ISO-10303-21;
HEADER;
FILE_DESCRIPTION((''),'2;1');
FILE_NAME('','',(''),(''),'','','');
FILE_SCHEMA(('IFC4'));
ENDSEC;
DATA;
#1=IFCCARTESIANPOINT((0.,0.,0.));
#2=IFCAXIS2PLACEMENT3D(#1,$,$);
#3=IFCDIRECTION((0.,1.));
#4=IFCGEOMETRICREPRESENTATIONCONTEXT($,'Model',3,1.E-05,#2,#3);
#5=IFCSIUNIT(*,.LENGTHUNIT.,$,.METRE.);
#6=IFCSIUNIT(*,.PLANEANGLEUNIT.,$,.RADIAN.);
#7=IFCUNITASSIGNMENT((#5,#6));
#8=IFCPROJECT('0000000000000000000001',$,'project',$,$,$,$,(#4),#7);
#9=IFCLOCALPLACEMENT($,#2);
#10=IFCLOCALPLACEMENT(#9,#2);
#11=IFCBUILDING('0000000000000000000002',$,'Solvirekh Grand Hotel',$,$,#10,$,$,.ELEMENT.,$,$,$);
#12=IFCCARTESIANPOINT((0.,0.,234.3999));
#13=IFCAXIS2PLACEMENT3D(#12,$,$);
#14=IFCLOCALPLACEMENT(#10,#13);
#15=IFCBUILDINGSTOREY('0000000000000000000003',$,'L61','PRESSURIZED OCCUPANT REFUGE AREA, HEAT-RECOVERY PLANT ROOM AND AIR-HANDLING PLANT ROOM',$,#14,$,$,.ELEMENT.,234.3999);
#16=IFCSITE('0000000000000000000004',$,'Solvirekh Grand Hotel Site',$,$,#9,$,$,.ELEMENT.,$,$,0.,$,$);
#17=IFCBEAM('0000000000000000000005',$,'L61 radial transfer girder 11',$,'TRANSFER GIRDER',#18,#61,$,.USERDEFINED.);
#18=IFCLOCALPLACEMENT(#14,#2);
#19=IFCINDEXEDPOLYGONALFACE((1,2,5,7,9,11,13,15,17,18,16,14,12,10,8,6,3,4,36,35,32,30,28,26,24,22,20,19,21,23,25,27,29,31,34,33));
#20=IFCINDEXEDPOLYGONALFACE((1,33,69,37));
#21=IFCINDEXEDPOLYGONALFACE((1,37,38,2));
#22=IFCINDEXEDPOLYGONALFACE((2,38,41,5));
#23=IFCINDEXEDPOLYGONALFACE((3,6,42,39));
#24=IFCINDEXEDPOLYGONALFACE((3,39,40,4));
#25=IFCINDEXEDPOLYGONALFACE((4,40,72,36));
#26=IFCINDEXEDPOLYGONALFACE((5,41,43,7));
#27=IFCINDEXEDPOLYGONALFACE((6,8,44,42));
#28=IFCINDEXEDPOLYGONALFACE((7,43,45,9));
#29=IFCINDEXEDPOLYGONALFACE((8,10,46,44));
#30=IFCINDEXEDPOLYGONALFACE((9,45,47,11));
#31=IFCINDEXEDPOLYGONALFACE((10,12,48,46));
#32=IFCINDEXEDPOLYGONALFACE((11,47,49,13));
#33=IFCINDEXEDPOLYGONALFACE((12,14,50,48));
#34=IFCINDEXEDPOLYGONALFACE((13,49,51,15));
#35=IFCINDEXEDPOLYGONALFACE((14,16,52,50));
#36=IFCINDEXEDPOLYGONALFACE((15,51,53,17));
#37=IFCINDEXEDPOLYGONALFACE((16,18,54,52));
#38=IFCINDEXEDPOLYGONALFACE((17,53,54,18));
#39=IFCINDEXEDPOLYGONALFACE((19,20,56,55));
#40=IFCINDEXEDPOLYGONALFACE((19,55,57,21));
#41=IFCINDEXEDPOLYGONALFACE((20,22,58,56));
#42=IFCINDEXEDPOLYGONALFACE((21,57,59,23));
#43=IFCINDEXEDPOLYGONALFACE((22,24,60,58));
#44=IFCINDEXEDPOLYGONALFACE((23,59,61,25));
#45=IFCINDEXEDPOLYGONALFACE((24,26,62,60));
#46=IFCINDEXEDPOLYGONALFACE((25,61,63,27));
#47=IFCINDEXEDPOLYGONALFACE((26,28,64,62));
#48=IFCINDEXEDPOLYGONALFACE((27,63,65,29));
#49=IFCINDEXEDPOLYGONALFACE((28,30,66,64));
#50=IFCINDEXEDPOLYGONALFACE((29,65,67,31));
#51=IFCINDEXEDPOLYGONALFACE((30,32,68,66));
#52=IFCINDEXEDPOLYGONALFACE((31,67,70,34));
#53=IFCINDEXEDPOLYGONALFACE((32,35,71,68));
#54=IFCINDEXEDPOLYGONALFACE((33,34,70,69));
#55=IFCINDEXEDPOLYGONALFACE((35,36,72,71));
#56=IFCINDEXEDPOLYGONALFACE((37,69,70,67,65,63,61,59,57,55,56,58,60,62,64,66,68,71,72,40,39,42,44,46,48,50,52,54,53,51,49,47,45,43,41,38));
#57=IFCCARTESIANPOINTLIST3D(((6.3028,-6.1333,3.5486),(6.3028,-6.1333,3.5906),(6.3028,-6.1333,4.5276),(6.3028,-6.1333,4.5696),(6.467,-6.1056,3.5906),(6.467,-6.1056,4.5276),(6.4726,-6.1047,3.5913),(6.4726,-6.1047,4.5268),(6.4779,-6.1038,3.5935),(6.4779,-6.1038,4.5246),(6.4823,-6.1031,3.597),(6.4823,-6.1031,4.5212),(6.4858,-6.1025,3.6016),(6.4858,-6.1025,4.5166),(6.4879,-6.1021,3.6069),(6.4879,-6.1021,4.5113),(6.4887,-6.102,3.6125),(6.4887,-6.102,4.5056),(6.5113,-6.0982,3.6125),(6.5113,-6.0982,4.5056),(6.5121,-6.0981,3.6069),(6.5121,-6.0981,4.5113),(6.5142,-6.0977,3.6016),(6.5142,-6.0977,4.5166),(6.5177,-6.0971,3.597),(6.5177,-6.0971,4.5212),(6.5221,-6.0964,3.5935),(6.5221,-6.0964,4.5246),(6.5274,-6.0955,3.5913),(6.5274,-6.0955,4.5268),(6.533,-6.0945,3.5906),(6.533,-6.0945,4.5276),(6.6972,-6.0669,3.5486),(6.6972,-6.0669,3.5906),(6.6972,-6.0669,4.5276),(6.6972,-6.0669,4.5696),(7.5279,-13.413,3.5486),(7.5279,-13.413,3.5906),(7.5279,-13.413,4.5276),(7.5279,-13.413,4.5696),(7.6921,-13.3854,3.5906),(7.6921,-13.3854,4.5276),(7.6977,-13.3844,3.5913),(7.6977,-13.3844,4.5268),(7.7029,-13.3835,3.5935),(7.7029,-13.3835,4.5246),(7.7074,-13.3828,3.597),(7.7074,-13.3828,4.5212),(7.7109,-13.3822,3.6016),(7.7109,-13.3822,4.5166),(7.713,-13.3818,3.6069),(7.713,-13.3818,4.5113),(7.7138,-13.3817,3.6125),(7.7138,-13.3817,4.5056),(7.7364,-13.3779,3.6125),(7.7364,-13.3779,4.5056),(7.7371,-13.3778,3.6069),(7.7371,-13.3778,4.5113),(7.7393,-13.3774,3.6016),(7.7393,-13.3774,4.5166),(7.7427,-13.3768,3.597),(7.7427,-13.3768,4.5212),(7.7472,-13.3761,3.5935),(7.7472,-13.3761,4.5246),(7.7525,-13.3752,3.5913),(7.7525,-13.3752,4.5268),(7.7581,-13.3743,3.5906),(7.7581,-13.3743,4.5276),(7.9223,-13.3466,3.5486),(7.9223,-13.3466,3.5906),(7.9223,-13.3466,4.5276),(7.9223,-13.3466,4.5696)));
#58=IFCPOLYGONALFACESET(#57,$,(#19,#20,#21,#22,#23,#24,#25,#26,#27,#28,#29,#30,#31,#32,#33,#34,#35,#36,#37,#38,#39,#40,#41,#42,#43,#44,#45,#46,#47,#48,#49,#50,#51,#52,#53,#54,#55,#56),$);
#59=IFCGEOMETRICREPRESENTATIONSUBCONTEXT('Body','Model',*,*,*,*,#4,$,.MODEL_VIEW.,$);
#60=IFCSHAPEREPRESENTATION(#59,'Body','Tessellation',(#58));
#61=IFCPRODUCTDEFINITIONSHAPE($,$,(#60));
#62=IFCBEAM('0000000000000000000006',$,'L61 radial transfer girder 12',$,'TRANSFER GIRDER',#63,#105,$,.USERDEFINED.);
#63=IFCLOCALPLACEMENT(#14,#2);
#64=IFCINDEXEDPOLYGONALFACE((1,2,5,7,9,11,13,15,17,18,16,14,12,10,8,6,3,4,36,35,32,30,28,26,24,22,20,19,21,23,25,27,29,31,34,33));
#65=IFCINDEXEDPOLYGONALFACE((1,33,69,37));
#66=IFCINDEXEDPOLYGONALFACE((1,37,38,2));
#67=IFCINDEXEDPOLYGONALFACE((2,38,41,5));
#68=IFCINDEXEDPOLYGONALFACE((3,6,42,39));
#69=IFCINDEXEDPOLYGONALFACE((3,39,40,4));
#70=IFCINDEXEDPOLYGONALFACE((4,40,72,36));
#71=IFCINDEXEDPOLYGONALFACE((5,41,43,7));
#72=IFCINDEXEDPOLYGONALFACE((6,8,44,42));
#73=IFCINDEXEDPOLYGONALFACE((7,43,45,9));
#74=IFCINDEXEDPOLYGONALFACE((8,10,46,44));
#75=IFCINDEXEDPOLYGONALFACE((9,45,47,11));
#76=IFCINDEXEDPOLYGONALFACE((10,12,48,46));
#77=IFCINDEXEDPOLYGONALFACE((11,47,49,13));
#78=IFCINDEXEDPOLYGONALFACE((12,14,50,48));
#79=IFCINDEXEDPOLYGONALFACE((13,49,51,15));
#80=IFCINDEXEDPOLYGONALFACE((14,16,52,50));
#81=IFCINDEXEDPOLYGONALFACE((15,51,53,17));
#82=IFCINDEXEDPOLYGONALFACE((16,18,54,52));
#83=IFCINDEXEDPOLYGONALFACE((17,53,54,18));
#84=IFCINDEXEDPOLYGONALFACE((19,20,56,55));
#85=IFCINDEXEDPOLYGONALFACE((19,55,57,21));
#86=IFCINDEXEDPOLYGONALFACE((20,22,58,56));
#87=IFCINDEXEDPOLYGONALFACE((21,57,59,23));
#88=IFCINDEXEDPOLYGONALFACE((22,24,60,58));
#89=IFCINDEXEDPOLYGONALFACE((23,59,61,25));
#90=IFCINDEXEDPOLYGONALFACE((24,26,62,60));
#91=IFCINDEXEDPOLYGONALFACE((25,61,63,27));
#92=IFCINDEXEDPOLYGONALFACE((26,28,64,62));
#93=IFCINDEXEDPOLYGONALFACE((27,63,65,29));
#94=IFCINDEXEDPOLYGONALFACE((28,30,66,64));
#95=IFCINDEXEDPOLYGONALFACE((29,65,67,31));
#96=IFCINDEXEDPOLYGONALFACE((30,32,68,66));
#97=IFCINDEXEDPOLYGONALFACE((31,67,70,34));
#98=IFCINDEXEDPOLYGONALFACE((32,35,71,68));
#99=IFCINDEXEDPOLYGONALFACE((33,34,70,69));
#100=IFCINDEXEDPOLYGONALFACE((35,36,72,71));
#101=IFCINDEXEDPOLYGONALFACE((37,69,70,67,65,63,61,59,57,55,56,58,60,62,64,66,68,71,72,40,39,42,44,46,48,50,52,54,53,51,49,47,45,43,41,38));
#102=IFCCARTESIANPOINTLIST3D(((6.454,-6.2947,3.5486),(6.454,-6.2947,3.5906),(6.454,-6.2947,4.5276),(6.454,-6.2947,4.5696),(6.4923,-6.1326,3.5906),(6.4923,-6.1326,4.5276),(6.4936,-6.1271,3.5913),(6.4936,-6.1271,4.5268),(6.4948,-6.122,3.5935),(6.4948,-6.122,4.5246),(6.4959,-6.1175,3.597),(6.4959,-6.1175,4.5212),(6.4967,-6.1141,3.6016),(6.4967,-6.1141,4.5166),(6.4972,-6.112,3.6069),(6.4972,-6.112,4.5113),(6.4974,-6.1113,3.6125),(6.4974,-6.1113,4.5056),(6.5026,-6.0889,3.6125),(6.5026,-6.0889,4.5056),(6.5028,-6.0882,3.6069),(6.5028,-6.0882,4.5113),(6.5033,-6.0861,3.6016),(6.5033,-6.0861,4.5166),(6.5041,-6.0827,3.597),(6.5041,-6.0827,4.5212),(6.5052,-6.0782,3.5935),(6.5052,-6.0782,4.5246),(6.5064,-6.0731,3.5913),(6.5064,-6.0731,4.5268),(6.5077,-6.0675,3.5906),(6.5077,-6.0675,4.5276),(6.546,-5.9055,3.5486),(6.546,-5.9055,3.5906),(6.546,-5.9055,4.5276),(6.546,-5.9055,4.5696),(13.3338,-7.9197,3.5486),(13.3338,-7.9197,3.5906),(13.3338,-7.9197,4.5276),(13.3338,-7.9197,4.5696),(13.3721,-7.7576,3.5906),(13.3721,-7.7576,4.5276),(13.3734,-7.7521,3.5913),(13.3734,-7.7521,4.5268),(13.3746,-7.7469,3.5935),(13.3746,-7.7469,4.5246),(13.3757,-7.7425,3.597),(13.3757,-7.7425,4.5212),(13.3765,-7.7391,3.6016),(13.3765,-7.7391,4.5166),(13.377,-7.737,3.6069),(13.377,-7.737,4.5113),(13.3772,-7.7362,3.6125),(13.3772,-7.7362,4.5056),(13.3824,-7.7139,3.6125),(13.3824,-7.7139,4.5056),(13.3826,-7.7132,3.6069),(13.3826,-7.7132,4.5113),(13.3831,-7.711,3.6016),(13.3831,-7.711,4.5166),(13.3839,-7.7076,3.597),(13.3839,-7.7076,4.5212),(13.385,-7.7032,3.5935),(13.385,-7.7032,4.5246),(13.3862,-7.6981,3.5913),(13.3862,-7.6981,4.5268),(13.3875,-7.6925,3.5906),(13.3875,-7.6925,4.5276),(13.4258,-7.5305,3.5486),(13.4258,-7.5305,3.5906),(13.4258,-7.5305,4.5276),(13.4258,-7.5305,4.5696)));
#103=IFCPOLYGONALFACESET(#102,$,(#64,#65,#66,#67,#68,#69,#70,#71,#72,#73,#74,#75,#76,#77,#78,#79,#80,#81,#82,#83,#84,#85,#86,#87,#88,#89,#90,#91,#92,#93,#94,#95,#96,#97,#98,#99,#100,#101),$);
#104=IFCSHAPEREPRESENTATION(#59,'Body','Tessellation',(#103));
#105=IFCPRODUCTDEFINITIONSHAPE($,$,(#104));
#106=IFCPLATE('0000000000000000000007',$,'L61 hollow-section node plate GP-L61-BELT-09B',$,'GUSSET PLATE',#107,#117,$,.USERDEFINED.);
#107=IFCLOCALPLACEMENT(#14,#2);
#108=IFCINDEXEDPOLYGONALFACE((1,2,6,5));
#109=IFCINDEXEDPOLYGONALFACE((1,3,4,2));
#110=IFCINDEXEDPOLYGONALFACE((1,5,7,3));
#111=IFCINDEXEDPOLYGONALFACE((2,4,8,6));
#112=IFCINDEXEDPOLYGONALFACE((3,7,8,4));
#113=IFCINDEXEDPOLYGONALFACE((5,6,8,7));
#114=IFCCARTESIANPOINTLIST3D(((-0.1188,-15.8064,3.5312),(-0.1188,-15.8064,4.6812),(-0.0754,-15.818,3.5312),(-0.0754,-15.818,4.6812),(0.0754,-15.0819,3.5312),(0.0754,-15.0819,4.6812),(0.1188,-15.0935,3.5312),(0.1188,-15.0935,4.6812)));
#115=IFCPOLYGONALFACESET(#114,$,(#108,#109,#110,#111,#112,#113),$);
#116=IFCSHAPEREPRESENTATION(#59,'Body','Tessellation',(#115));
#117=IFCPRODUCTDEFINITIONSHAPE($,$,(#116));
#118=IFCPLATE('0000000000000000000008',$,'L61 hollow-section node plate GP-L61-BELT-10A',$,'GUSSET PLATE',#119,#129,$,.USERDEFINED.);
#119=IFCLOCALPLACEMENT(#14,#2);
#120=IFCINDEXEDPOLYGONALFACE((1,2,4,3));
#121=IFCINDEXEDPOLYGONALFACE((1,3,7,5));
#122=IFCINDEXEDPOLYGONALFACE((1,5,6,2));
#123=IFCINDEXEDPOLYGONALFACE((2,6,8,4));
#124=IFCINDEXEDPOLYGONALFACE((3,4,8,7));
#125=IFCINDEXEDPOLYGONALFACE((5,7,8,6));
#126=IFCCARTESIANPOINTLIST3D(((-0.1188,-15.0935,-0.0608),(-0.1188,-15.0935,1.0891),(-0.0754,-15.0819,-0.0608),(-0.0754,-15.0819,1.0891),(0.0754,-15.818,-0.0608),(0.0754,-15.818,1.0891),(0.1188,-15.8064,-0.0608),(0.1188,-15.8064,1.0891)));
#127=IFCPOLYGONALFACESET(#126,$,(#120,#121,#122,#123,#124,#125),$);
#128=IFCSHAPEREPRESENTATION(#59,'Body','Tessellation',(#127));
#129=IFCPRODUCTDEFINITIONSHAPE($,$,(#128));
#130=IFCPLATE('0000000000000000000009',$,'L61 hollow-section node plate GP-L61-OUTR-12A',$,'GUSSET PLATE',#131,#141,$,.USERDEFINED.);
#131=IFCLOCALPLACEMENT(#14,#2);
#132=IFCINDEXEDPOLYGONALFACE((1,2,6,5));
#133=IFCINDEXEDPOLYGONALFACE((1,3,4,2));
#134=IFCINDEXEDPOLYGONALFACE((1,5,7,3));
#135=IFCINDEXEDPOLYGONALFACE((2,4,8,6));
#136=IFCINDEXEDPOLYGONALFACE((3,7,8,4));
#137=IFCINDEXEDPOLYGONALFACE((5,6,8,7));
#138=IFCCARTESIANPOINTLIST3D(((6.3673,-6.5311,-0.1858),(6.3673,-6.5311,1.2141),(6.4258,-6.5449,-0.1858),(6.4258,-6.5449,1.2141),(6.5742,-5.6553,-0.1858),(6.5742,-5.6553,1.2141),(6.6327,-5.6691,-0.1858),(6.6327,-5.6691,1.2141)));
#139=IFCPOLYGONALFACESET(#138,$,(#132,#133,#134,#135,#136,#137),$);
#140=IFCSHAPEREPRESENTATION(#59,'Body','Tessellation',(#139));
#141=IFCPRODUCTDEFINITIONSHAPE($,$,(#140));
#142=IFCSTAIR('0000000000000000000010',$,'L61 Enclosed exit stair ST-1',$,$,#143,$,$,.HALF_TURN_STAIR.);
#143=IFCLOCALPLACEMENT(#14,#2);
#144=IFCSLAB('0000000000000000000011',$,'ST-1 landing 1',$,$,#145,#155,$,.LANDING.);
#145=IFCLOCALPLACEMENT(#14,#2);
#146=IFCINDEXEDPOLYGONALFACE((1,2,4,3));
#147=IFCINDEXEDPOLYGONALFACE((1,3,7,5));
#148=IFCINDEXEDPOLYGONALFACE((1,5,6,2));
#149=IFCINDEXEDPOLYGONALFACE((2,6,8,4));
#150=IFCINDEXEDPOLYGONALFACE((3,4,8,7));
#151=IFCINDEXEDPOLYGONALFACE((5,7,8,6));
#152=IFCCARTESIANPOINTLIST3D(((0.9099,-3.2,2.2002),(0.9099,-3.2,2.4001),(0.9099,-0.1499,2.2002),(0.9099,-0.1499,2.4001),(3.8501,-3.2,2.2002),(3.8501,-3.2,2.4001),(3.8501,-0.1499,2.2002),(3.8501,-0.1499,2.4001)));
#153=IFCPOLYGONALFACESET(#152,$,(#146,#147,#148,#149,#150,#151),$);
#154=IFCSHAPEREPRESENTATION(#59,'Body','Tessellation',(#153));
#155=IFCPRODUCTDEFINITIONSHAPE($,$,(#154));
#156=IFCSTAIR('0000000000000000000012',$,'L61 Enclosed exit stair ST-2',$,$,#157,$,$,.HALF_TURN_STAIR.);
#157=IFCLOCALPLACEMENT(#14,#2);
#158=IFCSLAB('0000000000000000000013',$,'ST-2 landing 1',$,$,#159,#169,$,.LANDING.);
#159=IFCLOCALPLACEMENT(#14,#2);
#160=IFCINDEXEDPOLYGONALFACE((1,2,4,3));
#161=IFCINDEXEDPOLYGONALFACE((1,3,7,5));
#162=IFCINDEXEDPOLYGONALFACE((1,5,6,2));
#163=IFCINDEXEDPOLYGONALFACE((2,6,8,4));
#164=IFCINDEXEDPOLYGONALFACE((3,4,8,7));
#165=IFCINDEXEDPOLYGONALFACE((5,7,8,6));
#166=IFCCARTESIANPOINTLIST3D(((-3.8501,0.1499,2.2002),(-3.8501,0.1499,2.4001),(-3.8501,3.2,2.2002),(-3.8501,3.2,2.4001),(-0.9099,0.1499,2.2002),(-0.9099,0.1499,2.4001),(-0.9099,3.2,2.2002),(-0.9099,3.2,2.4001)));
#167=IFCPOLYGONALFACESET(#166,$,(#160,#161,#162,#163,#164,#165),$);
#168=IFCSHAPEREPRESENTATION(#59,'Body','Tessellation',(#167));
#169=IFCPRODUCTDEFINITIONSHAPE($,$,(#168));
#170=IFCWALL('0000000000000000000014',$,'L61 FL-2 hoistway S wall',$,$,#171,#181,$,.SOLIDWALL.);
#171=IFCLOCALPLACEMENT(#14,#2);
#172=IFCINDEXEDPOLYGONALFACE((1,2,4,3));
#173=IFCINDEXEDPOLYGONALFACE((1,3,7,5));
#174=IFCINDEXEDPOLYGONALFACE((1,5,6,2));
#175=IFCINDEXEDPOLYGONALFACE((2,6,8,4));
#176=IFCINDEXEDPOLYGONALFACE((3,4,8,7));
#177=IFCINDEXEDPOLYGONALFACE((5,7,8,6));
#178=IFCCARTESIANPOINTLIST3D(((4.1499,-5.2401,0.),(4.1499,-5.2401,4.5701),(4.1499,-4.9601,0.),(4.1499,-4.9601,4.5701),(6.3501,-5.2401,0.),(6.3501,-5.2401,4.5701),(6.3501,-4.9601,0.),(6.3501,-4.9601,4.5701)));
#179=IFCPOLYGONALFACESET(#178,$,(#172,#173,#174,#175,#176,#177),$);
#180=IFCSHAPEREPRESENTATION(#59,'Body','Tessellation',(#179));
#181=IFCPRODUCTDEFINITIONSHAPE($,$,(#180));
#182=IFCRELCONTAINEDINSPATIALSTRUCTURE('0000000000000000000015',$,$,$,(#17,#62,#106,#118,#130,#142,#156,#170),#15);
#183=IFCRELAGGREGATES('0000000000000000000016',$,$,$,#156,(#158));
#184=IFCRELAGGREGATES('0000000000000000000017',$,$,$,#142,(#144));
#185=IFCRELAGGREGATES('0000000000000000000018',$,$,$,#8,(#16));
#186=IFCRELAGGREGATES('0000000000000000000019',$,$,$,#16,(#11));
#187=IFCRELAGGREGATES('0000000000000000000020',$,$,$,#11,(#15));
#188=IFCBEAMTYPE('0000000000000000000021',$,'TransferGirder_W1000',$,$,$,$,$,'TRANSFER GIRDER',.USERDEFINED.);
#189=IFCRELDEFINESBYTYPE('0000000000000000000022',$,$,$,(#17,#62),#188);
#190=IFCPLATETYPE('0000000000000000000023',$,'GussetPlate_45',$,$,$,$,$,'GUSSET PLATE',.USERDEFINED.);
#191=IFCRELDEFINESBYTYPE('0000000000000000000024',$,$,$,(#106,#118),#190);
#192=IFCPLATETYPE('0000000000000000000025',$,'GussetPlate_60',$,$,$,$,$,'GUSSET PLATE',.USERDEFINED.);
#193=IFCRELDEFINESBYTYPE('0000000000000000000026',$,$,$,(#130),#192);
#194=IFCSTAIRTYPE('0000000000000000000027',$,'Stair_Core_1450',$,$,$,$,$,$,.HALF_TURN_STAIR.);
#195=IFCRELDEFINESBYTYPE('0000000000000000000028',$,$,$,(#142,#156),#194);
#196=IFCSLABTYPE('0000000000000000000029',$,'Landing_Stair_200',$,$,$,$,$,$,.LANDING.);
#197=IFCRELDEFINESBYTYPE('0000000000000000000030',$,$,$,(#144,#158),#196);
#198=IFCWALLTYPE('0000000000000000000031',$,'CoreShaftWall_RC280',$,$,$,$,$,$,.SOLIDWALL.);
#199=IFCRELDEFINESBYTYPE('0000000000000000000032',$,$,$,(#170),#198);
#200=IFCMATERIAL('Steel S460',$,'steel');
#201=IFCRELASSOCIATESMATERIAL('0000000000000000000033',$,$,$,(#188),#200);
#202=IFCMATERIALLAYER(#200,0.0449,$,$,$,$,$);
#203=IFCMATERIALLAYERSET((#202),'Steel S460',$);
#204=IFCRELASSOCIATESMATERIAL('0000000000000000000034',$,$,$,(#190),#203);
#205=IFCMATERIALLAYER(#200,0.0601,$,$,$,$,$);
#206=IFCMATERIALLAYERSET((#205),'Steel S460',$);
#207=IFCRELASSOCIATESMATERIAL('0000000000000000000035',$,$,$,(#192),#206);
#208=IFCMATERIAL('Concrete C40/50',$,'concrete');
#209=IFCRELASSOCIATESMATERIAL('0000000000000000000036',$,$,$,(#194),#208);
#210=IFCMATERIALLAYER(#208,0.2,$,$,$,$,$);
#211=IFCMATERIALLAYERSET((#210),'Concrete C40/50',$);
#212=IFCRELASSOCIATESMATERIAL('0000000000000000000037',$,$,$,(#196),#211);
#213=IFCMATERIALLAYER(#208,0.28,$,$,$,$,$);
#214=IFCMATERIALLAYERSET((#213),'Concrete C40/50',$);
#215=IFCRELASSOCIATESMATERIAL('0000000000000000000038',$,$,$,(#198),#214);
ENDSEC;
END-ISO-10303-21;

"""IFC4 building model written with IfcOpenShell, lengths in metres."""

from ifc_helpers import new_model, si_unit, direction, frame, frame_2d, origin, origin_2d, place, context, subcontext, project, spatial, polyline, rectangle, i_section, outline, extrude, material, layer, layer_set, material_profile, profile_set, type_object, element, aggregate, save


model = new_model("IFC4")

# Units and contexts
model_context = context("Model", 3, precision=1e-05, world=origin(), true_north=direction((0.0, 1.0)))
body_context = subcontext(model_context, "Body", "Model", "MODEL_VIEW")
ifc_project = project(units=[si_unit("LENGTHUNIT", "METRE"), si_unit("PLANEANGLEUNIT", "RADIAN")], contexts=[model_context])

# Site, building, storey
site_placement = place(None, origin())
site = spatial("IfcSite", under=ifc_project, at=site_placement, Name="Solvirekh Grand Hotel Site", CompositionType="ELEMENT", RefElevation=0.0)
building_placement = place(site_placement, origin())
building = spatial("IfcBuilding", under=site, at=building_placement, Name="Solvirekh Grand Hotel", CompositionType="ELEMENT")
storey_placement = place(building_placement, frame((0.0, 0.0, 234.3999)))
storey = spatial("IfcBuildingStorey", under=building, at=storey_placement, Name="L61", Description="PRESSURIZED OCCUPANT REFUGE AREA, HEAT-RECOVERY PLANT ROOM AND AIR-HANDLING PLANT ROOM", CompositionType="ELEMENT", Elevation=234.3999)

# Shared definitions
ifc_material_1 = material(Name="Steel S460", Category="steel")

# Beams
ifc_material_profile_1 = material_profile(ifc_material_1, i_section(OverallWidth=0.3999, OverallDepth=1.021, WebThickness=0.0229, FlangeThickness=0.042, FilletRadius=0.022, at=origin_2d()), Name="W1000X412")
ifc_profile_set_1 = profile_set([ifc_material_profile_1], Name="Steel S460")
beam_type_1 = type_object("IfcBeamType", Name="TransferGirder_W1000", ElementType="TRANSFER GIRDER", PredefinedType="USERDEFINED", material=ifc_profile_set_1)
beam_1_placement = place(storey_placement, frame((6.5, -6.1001, 4.0591), z_axis=(0.165954, -0.986133, 0.0), x_axis=(0.986133, 0.165954, 0.0)))
element("IfcBeam", 1, at=beam_1_placement, inside=storey, type_object=beam_type_1, Name="L61 radial transfer girder 11", ObjectType="TRANSFER GIRDER", PredefinedType="USERDEFINED", context=body_context, shape_type="SweptSolid", body=[
    extrude(i_section(OverallWidth=0.3999, OverallDepth=1.021, WebThickness=0.0229, FlangeThickness=0.042, FilletRadius=0.022, at=origin_2d()), origin(), (0.0, 0.0, 1.0), 7.3821),
])
beam_2_placement = place(storey_placement, frame((6.5, -6.1001, 4.0591), z_axis=(0.973221, -0.229871, 0.0), x_axis=(0.229871, 0.973221, 0.0)))
element("IfcBeam", 2, at=beam_2_placement, inside=storey, type_object=beam_type_1, Name="L61 radial transfer girder 12", ObjectType="TRANSFER GIRDER", PredefinedType="USERDEFINED", context=body_context, shape_type="SweptSolid", body=[
    extrude(i_section(OverallWidth=0.3999, OverallDepth=1.021, WebThickness=0.0229, FlangeThickness=0.042, FilletRadius=0.022, at=origin_2d()), origin(), (0.0, 0.0, 1.0), 7.0691),
])

# Plates
ifc_layer_1 = layer(ifc_material_1, 0.0449)
ifc_layer_set_1 = layer_set([ifc_layer_1], Name="Steel S460")
plate_type_1 = type_object("IfcPlateType", Name="GussetPlate_45", ElementType="GUSSET PLATE", PredefinedType="USERDEFINED", material=ifc_layer_set_1)
for number, where, z_axis, x_axis, name in (
    (3, (0.0, -15.45, 3.5312), (0.0, 0.0, 1.0), (0.965926, -0.258819, 0.0), "L61 hollow-section node plate GP-L61-BELT-09B"),
    (4, (0.0, -15.45, -0.0608), (0.0, 0.0, 1.0), (0.965926, 0.258819, 0.0), "L61 hollow-section node plate GP-L61-BELT-10A"),
):
    element("IfcPlate", number, at=place(storey_placement, frame(where, z_axis=z_axis, x_axis=x_axis)), inside=storey, type_object=plate_type_1, Name=name, ObjectType="GUSSET PLATE", PredefinedType="USERDEFINED", context=body_context, shape_type="SweptSolid", body=[
        extrude(rectangle(XDim=0.0449, YDim=0.75, at=origin_2d()), origin(), (0.0, 0.0, 1.0), 1.1499),
    ])
ifc_layer_2 = layer(ifc_material_1, 0.0601)
ifc_layer_set_2 = layer_set([ifc_layer_2], Name="Steel S460")
plate_type_2 = type_object("IfcPlateType", Name="GussetPlate_60", ElementType="GUSSET PLATE", PredefinedType="USERDEFINED", material=ifc_layer_set_2)
plate_placement = place(storey_placement, frame((6.5, -6.1001, -0.1858), z_axis=(0.0, 0.0, 1.0), x_axis=(0.973219, -0.22988, 0.0)))
element("IfcPlate", 5, at=plate_placement, inside=storey, type_object=plate_type_2, Name="L61 hollow-section node plate GP-L61-OUTR-12A", ObjectType="GUSSET PLATE", PredefinedType="USERDEFINED", context=body_context, shape_type="SweptSolid", body=[
    extrude(rectangle(XDim=0.0601, YDim=0.8999, at=origin_2d()), origin(), (0.0, 0.0, 1.0), 1.3999),
])

# Stairs, slabs
ifc_material_2 = material(Name="Concrete C40/50", Category="concrete")
stair_type = type_object("IfcStairType", Name="Stair_Core_1450", PredefinedType="HALF_TURN_STAIR", material=ifc_material_2)
stair_1_placement = place(storey_placement, origin())
stair_1 = element("IfcStair", 6, at=stair_1_placement, inside=storey, type_object=stair_type, Name="L61 Enclosed exit stair ST-1", PredefinedType="HALF_TURN_STAIR")
ifc_layer_3 = layer(ifc_material_2, 0.2)
ifc_layer_set_3 = layer_set([ifc_layer_3], Name="Concrete C40/50")
slab_type = type_object("IfcSlabType", Name="Landing_Stair_200", PredefinedType="LANDING", material=ifc_layer_set_3)
slab_1_placement = place(storey_placement, frame((0.0, 0.0, 2.2002)))
slab_1 = element("IfcSlab", 7, at=slab_1_placement, type_object=slab_type, Name="ST-1 landing 1", PredefinedType="LANDING", context=body_context, shape_type="SweptSolid", body=[
    extrude(outline(polyline([(0.9099, -3.2), (3.8501, -3.2), (3.8501, -0.1499), (0.9099, -0.1499), (0.9099, -3.2)])), origin(), (0.0, 0.0, 1.0), 0.2),
])
stair_2_placement = place(storey_placement, origin())
stair_2 = element("IfcStair", 8, at=stair_2_placement, inside=storey, type_object=stair_type, Name="L61 Enclosed exit stair ST-2", PredefinedType="HALF_TURN_STAIR")
slab_2_placement = place(storey_placement, frame((0.0, 0.0, 2.2002)))
slab_2 = element("IfcSlab", 9, at=slab_2_placement, type_object=slab_type, Name="ST-2 landing 1", PredefinedType="LANDING", context=body_context, shape_type="SweptSolid", body=[
    extrude(outline(polyline([(-0.9099, 3.2), (-3.8501, 3.2), (-3.8501, 0.1499), (-0.9099, 0.1499), (-0.9099, 3.2)])), origin(), (0.0, 0.0, 1.0), 0.2),
])
aggregate(stair_2, [slab_2])

# Wall
ifc_layer_4 = layer(ifc_material_2, 0.28)
ifc_layer_set_4 = layer_set([ifc_layer_4], Name="Concrete C40/50")
wall_type_1 = type_object("IfcWallType", Name="CoreShaftWall_RC280", PredefinedType="SOLIDWALL", material=ifc_layer_set_4)
wall_1_placement = place(storey_placement, frame((4.1499, -5.1001, 0.0), z_axis=(0.0, 0.0, 1.0), x_axis=(1.0, 0.0, 0.0)))
element("IfcWall", 10, at=wall_1_placement, inside=storey, type_object=wall_type_1, Name="L61 FL-2 hoistway S wall", PredefinedType="SOLIDWALL", context=body_context, shape_type="SweptSolid", body=[
    extrude(rectangle(XDim=2.2002, YDim=0.28, at=frame_2d((1.1001, 0.0))), origin(), (0.0, 0.0, 1.0), 4.5701),
])

aggregate(stair_1, [slab_1])

save(model, "model.ifc")
